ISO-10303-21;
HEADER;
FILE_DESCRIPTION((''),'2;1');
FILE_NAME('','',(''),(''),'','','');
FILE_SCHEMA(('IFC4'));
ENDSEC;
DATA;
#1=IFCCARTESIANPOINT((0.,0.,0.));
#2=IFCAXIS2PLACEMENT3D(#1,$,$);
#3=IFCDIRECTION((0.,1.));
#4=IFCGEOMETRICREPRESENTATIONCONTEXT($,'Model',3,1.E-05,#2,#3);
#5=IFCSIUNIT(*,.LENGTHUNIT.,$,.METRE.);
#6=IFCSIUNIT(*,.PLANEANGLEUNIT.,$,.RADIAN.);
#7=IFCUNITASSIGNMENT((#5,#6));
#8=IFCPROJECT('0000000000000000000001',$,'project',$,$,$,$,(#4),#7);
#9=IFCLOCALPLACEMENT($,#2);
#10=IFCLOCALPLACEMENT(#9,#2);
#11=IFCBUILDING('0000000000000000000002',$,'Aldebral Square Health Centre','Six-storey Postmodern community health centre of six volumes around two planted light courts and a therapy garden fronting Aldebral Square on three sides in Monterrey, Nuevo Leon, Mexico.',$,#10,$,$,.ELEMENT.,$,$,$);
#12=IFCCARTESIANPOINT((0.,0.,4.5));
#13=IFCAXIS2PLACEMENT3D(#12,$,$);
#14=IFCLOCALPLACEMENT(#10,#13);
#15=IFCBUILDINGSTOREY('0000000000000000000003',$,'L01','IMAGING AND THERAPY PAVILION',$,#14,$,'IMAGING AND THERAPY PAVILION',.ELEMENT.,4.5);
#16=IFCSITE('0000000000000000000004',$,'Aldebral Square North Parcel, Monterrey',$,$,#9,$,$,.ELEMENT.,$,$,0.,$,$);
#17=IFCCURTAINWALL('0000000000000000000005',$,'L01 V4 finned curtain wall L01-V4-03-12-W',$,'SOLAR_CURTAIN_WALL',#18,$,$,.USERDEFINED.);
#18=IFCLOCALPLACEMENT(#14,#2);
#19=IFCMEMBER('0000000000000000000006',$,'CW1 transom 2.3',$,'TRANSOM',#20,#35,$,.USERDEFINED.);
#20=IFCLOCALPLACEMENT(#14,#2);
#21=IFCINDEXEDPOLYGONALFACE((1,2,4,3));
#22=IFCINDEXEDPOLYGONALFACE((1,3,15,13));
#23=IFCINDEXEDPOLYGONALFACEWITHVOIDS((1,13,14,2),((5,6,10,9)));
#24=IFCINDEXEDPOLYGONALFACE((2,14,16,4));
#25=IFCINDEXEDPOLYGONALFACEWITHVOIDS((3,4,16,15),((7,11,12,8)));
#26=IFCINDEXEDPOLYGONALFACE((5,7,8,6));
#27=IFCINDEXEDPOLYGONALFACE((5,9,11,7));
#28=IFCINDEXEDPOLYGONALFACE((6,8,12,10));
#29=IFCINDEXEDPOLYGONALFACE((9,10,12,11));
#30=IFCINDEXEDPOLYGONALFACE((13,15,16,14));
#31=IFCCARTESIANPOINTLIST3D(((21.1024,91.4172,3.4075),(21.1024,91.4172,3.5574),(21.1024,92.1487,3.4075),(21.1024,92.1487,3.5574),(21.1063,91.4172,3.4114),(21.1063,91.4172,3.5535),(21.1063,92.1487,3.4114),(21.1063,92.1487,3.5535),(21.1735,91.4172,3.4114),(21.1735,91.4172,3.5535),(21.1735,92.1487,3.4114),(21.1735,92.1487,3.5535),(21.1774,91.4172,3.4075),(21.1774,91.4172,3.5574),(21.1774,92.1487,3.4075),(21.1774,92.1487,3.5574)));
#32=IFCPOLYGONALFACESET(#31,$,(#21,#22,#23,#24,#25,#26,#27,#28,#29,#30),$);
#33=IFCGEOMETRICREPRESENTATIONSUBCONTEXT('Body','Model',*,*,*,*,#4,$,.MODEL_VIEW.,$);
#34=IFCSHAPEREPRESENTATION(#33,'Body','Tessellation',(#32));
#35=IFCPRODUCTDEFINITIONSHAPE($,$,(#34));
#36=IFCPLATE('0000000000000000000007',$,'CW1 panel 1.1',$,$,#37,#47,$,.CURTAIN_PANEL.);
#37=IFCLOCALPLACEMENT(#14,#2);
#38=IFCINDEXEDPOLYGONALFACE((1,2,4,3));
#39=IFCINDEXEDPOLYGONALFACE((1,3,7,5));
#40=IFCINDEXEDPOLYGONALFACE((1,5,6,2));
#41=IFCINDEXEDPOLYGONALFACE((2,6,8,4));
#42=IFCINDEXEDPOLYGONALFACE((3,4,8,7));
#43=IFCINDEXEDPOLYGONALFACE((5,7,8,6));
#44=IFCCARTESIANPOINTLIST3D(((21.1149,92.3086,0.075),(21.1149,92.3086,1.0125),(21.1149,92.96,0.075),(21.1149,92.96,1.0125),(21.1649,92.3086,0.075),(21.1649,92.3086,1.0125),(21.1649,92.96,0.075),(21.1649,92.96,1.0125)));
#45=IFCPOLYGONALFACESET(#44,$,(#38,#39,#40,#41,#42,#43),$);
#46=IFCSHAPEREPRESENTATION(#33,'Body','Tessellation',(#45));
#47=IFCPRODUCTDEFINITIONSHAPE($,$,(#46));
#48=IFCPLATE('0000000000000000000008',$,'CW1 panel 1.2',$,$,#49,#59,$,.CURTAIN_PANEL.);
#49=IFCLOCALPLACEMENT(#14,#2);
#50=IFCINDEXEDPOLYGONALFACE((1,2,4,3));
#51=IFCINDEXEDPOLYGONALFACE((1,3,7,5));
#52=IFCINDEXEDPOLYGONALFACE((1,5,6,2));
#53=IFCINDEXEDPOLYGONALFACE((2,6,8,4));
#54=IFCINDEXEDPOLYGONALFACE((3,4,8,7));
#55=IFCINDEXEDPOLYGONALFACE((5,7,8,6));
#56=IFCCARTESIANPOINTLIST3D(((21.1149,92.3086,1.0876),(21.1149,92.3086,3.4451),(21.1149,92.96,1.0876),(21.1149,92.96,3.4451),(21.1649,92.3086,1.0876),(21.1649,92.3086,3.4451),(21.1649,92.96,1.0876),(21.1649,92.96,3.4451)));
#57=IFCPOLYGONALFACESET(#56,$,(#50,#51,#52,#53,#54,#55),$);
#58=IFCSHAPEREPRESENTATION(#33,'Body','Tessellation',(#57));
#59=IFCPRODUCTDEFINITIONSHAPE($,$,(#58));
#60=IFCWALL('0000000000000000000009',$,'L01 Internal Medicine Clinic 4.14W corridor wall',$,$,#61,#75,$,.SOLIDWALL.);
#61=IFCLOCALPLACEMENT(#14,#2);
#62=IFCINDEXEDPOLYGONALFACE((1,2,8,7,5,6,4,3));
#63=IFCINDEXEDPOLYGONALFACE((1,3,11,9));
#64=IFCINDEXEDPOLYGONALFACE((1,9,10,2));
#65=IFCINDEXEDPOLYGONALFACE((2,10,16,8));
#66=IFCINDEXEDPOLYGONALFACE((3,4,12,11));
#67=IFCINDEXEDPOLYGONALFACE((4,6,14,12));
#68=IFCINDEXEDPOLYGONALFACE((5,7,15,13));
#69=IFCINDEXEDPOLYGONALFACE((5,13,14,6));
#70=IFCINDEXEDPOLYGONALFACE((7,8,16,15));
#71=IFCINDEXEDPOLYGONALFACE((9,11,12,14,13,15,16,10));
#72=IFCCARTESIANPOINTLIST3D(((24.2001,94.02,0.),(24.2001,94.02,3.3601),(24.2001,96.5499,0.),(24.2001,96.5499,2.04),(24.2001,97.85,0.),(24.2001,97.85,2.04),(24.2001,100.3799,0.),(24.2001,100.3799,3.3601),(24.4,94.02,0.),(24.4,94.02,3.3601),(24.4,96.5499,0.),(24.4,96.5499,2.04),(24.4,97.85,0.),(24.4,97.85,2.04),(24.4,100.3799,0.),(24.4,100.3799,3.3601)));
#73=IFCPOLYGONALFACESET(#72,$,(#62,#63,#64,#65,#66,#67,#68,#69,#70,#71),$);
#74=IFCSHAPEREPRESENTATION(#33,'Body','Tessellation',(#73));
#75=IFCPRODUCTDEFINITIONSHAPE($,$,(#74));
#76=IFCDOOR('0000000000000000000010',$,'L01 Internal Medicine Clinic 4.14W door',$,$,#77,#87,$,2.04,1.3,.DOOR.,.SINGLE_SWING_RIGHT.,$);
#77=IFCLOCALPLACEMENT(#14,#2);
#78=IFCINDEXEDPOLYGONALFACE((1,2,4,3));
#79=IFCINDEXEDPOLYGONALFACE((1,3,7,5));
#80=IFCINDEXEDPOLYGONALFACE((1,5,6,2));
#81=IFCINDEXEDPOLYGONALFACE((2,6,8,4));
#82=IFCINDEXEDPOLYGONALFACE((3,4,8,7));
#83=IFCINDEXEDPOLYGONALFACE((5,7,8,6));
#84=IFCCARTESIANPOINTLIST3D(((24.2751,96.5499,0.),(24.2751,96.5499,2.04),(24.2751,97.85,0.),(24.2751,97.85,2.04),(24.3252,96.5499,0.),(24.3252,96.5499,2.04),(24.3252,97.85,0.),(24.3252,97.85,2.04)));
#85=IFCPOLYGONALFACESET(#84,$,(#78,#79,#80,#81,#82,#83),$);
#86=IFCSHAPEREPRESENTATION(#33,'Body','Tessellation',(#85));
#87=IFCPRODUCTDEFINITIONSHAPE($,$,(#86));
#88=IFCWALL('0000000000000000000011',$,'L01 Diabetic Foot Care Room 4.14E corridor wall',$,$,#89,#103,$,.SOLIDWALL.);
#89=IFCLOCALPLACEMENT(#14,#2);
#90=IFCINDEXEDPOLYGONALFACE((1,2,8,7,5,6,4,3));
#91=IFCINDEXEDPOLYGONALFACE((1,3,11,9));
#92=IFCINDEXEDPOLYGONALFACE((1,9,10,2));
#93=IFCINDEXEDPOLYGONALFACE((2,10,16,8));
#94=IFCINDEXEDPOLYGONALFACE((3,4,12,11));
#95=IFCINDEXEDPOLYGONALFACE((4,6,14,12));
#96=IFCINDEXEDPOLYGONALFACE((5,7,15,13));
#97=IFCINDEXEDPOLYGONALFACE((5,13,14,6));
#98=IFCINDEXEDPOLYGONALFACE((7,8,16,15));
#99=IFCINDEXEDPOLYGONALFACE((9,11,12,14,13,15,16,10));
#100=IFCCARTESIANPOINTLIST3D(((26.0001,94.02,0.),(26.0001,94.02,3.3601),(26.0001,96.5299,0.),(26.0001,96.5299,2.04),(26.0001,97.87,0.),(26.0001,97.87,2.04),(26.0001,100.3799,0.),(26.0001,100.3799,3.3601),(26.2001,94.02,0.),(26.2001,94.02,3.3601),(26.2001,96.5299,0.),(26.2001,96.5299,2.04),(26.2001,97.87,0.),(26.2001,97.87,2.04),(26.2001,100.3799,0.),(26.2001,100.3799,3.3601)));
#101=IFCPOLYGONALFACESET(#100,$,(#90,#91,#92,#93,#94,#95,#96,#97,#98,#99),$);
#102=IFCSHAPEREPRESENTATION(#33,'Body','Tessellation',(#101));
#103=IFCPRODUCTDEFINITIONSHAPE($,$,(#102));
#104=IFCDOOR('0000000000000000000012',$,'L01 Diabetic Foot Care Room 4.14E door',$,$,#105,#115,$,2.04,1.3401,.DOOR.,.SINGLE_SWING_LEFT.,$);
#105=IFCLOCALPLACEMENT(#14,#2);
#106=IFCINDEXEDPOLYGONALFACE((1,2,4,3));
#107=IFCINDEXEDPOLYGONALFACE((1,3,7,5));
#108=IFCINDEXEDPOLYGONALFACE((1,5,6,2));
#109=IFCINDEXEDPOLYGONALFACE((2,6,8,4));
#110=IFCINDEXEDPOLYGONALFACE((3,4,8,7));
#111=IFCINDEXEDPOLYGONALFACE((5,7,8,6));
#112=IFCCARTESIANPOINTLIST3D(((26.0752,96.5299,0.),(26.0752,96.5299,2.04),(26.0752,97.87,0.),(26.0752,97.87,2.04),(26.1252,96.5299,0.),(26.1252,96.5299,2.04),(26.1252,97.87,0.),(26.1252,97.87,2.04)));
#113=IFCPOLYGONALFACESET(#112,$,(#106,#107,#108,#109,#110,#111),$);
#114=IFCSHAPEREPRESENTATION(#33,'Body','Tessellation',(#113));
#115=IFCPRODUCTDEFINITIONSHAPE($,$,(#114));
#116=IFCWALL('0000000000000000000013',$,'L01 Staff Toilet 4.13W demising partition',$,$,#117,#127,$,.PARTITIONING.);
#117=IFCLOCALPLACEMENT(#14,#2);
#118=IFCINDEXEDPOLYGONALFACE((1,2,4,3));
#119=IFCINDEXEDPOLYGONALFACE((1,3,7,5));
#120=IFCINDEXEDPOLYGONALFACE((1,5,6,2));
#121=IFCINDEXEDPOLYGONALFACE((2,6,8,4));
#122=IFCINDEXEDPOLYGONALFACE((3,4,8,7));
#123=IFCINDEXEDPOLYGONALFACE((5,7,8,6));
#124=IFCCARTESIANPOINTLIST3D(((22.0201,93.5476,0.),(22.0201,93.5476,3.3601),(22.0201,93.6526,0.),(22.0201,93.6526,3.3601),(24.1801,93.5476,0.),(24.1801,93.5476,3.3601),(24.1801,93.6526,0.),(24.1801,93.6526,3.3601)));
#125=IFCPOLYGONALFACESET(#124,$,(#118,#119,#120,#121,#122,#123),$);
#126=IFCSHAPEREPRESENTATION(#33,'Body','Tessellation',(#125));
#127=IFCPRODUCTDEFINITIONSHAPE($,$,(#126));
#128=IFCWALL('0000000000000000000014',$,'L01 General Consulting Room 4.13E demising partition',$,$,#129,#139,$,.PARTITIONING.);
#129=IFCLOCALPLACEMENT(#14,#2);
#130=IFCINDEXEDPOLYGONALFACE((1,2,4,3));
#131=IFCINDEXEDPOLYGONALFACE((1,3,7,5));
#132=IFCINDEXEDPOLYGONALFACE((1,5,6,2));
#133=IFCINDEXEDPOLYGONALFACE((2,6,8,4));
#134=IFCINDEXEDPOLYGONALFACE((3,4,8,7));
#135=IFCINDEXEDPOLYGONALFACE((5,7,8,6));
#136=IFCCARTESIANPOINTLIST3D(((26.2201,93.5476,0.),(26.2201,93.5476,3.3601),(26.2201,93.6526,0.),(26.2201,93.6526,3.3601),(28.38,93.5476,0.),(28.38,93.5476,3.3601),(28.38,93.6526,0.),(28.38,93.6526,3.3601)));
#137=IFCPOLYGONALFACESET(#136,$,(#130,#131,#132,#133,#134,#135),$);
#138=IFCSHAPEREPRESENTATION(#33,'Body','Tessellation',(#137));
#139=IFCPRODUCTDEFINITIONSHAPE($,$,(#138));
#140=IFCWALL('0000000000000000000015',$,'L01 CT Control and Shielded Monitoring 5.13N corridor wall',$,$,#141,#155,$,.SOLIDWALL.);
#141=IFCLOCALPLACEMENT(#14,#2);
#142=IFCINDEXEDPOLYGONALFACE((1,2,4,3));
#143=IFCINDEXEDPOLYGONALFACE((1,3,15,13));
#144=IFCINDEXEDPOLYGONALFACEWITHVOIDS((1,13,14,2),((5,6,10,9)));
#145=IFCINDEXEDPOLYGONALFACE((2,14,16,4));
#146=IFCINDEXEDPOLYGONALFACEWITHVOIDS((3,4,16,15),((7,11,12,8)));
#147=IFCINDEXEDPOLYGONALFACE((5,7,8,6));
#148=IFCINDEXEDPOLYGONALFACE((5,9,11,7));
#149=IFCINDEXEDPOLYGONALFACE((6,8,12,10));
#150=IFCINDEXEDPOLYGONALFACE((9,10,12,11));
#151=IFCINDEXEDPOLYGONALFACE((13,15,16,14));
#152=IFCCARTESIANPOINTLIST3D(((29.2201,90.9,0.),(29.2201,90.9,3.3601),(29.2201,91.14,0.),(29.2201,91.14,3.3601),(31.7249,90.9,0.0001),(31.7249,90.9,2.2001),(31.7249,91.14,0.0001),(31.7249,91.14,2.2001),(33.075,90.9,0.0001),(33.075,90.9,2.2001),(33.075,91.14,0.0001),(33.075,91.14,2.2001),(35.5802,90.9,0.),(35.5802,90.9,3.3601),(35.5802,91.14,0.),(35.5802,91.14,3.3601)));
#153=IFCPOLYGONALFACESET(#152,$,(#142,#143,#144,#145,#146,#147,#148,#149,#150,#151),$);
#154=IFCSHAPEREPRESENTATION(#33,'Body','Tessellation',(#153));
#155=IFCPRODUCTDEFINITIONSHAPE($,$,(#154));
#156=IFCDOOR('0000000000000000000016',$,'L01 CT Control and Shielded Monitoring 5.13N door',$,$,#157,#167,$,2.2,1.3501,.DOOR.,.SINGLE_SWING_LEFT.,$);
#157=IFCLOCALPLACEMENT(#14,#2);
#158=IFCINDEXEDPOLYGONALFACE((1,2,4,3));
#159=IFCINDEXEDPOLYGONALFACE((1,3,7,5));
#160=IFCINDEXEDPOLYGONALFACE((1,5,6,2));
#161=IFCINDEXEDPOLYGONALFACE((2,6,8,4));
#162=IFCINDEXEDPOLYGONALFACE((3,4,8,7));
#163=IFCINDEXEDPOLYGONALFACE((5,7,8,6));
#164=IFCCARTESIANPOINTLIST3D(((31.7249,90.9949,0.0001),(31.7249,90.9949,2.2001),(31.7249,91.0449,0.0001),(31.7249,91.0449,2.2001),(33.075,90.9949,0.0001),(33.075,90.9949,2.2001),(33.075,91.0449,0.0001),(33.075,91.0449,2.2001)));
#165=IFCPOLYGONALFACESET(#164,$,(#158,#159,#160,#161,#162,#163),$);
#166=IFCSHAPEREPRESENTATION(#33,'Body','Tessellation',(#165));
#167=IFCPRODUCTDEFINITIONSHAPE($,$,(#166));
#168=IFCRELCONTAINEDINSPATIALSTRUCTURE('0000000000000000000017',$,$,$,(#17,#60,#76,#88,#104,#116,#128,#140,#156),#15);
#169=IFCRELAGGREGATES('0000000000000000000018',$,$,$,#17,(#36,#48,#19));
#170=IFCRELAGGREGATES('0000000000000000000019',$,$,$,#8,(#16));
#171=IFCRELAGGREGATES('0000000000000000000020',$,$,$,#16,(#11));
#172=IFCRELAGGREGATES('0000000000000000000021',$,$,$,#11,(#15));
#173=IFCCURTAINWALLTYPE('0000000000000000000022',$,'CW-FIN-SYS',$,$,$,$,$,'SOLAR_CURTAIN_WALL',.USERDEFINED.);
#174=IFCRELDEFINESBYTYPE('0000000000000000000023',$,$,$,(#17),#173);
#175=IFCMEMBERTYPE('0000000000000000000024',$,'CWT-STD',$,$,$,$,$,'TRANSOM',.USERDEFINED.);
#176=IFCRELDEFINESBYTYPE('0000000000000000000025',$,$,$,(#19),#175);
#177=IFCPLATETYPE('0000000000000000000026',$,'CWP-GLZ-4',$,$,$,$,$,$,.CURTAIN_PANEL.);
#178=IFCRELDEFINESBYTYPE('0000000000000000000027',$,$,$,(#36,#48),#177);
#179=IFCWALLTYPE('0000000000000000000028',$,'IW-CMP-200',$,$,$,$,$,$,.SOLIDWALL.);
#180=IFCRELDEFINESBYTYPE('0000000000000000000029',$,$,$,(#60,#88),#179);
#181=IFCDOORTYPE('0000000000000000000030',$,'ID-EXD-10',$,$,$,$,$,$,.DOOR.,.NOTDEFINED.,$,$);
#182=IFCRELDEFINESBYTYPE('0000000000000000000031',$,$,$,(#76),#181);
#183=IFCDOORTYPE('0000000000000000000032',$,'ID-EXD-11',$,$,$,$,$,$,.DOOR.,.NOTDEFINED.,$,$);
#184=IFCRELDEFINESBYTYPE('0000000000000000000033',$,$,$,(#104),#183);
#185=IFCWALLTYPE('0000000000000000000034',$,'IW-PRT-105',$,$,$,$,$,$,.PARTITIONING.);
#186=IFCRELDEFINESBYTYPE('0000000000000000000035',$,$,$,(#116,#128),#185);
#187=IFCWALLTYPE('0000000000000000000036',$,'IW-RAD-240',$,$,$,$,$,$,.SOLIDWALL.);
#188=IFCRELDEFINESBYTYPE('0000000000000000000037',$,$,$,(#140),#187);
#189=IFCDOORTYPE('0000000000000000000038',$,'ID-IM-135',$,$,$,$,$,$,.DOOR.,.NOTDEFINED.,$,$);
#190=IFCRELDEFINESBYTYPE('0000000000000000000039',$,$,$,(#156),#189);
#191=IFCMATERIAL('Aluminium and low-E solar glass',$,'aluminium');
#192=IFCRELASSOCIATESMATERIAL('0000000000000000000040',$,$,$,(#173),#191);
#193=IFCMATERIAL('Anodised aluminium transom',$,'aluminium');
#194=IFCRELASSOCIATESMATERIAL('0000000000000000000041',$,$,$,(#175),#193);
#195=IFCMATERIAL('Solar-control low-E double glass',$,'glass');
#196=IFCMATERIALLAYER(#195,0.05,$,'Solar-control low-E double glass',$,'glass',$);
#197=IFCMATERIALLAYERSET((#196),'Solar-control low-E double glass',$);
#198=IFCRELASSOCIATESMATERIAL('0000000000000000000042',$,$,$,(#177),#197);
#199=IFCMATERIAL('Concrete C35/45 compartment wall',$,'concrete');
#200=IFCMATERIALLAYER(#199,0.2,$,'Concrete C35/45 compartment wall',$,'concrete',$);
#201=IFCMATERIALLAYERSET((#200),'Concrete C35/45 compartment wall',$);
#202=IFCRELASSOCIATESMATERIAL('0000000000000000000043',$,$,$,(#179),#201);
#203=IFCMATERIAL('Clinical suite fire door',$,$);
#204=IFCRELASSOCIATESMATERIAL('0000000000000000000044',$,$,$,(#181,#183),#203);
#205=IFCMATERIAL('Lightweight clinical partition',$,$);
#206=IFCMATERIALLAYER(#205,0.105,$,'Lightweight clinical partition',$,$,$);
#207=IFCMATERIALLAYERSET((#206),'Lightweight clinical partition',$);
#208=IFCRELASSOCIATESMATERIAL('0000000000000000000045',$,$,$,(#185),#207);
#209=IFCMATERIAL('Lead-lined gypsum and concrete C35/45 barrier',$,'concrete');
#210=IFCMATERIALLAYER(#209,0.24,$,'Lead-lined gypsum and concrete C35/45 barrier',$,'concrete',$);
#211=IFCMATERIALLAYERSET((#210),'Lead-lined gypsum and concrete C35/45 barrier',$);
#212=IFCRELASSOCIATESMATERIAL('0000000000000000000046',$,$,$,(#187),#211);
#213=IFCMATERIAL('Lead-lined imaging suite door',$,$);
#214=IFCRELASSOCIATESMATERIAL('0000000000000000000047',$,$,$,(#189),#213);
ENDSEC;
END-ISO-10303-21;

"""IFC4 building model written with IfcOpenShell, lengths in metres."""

from ifc_helpers import new_model, si_unit, direction, frame, frame_2d, origin, origin_2d, place, context, subcontext, project, spatial, rectangle, hollow_rectangle, extrude, material, layer, layer_set, material_profile, profile_set, type_object, element, fill, aggregate, save


model = new_model("IFC4")

# Units and contexts
model_context = context("Model", 3, precision=1e-05, world=origin(), true_north=direction((0.0, 1.0)))
body_context = subcontext(model_context, "Body", "Model", "MODEL_VIEW")
ifc_project = project(units=[si_unit("LENGTHUNIT", "METRE"), si_unit("PLANEANGLEUNIT", "RADIAN")], contexts=[model_context])

# Site, building, storey
site_placement = place(None, origin())
site = spatial("IfcSite", under=ifc_project, at=site_placement, Name="Aldebral Square North Parcel, Monterrey", CompositionType="ELEMENT", RefElevation=0.0)
building_placement = place(site_placement, origin())
building = spatial("IfcBuilding", under=site, at=building_placement, Name="Aldebral Square Health Centre", Description="Six-storey Postmodern community health centre of six volumes around two planted light courts and a therapy garden fronting Aldebral Square on three sides in Monterrey, Nuevo Leon, Mexico.", CompositionType="ELEMENT")
storey_placement = place(building_placement, frame((0.0, 0.0, 4.5)))
storey = spatial("IfcBuildingStorey", under=building, at=storey_placement, Name="L01", Description="IMAGING AND THERAPY PAVILION", LongName="IMAGING AND THERAPY PAVILION", CompositionType="ELEMENT", Elevation=4.5)

# Curtain wall
ifc_material_1 = material(Name="Aluminium and low-E solar glass", Category="aluminium")
curtain_wall_type = type_object("IfcCurtainWallType", Name="CW-FIN-SYS", ElementType="SOLAR_CURTAIN_WALL", PredefinedType="USERDEFINED", material=ifc_material_1)
curtain_wall_1_placement = place(storey_placement, origin())
curtain_wall_1 = element("IfcCurtainWall", 1, at=curtain_wall_1_placement, inside=storey, type_object=curtain_wall_type, Name="L01 V4 finned curtain wall L01-V4-03-12-W", ObjectType="SOLAR_CURTAIN_WALL", PredefinedType="USERDEFINED")

# Member
ifc_material_2 = material(Name="Anodised aluminium transom", Category="aluminium")
ifc_material_profile_1 = material_profile(ifc_material_2, hollow_rectangle(XDim=0.075, YDim=0.1499, WallThickness=0.0039, at=origin_2d()), Name="CWT 75x150x4")
ifc_profile_set_1 = profile_set([ifc_material_profile_1], Name="Anodised aluminium transom")
member_type_1 = type_object("IfcMemberType", Name="CWT-STD", ElementType="TRANSOM", PredefinedType="USERDEFINED", material=ifc_profile_set_1)
member_1_placement = place(storey_placement, frame((21.1399, 92.1487, 3.4824), z_axis=(0.0, -1.0, 0.0), x_axis=(1.0, 0.0, 0.0)))
member_1 = element("IfcMember", 2, at=member_1_placement, type_object=member_type_1, Name="CW1 transom 2.3", ObjectType="TRANSOM", PredefinedType="USERDEFINED", context=body_context, shape_type="SweptSolid", body=[
    extrude(hollow_rectangle(XDim=0.075, YDim=0.1499, WallThickness=0.0039, at=origin_2d()), origin(), (0.0, 0.0, 1.0), 0.7314),
])

# Plates
ifc_material_3 = material(Name="Solar-control low-E double glass", Category="glass")
ifc_layer_1 = layer(ifc_material_3, 0.05, Name="Solar-control low-E double glass", Category="glass")
ifc_layer_set_1 = layer_set([ifc_layer_1], Name="Solar-control low-E double glass")
plate_type = type_object("IfcPlateType", Name="CWP-GLZ-4", PredefinedType="CURTAIN_PANEL", material=ifc_layer_set_1)
plate_1_placement = place(storey_placement, frame((21.1399, 92.6343, 0.075), z_axis=(0.0, 0.0, 1.0), x_axis=(0.0, -1.0, 0.0)))
plate_1 = element("IfcPlate", 3, at=plate_1_placement, type_object=plate_type, Name="CW1 panel 1.1", PredefinedType="CURTAIN_PANEL", context=body_context, shape_type="SweptSolid", body=[
    extrude(rectangle(XDim=0.6514, YDim=0.05, at=origin_2d()), origin(), (0.0, 0.0, 1.0), 0.9375),
])
plate_2_placement = place(storey_placement, frame((21.1399, 92.6343, 1.0876), z_axis=(0.0, 0.0, 1.0), x_axis=(0.0, -1.0, 0.0)))
plate_2 = element("IfcPlate", 4, at=plate_2_placement, type_object=plate_type, Name="CW1 panel 1.2", PredefinedType="CURTAIN_PANEL", context=body_context, shape_type="SweptSolid", body=[
    extrude(rectangle(XDim=0.6514, YDim=0.05, at=origin_2d()), origin(), (0.0, 0.0, 1.0), 2.3574),
])
aggregate(curtain_wall_1, [plate_1, plate_2, member_1])

# Walls, openings, doors
ifc_material_4 = material(Name="Concrete C35/45 compartment wall", Category="concrete")
ifc_layer_2 = layer(ifc_material_4, 0.2, Name="Concrete C35/45 compartment wall", Category="concrete")
ifc_layer_set_2 = layer_set([ifc_layer_2], Name="Concrete C35/45 compartment wall")
wall_type_1 = type_object("IfcWallType", Name="IW-CMP-200", PredefinedType="SOLIDWALL", material=ifc_layer_set_2)
wall_1_placement = place(storey_placement, frame((24.3, 94.02, 0.0), z_axis=(0.0, 0.0, 1.0), x_axis=(0.0, 1.0, 0.0)))
wall_1 = element("IfcWall", 5, at=wall_1_placement, inside=storey, type_object=wall_type_1, Name="L01 Internal Medicine Clinic 4.14W corridor wall", PredefinedType="SOLIDWALL", context=body_context, shape_type="SweptSolid", body=[
    extrude(rectangle(XDim=6.3599, YDim=0.2, at=frame_2d((3.1799, 0.0))), origin(), (0.0, 0.0, 1.0), 3.3601),
])
opening_1_placement = place(wall_1_placement, frame((2.53, 0.0, 0.0)))
opening_1 = element("IfcOpeningElement", 6, at=opening_1_placement, cuts=wall_1, PredefinedType="OPENING", context=body_context, shape_type="SweptSolid", body=[
    extrude(rectangle(XDim=1.3, YDim=2.04, at=frame_2d((0.6499, 1.02))), frame((0.0, 0.1099, 0.0), z_axis=(0.0, -1.0, 0.0), x_axis=(1.0, 0.0, 0.0)), (0.0, 0.0, 1.0), 0.22),
])
ifc_material_5 = material(Name="Clinical suite fire door")
door_type_1 = type_object("IfcDoorType", Name="ID-EXD-10", OperationType="NOTDEFINED", PredefinedType="DOOR", material=ifc_material_5)
door_1_placement = place(opening_1_placement, origin())
door_1 = element("IfcDoor", 7, at=door_1_placement, inside=storey, type_object=door_type_1, Name="L01 Internal Medicine Clinic 4.14W door", OperationType="SINGLE_SWING_RIGHT", OverallHeight=2.04, OverallWidth=1.3, PredefinedType="DOOR", context=body_context, shape_type="SweptSolid", body=[
    extrude(rectangle(XDim=1.3, YDim=2.04, at=frame_2d((0.6499, 1.02))), frame((0.0, 0.0249, 0.0), z_axis=(0.0, -1.0, 0.0), x_axis=(1.0, 0.0, 0.0)), (0.0, 0.0, 1.0), 0.05),
])
fill(opening_1, door_1)
wall_2_placement = place(storey_placement, frame((26.1001, 94.02, 0.0), z_axis=(0.0, 0.0, 1.0), x_axis=(0.0, 1.0, 0.0)))
wall_2 = element("IfcWall", 8, at=wall_2_placement, inside=storey, type_object=wall_type_1, Name="L01 Diabetic Foot Care Room 4.14E corridor wall", PredefinedType="SOLIDWALL", context=body_context, shape_type="SweptSolid", body=[
    extrude(rectangle(XDim=6.3599, YDim=0.2, at=frame_2d((3.1799, 0.0))), origin(), (0.0, 0.0, 1.0), 3.3601),
])
opening_2_placement = place(wall_2_placement, frame((2.51, 0.0, 0.0)))
opening_2 = element("IfcOpeningElement", 9, at=opening_2_placement, cuts=wall_2, PredefinedType="OPENING", context=body_context, shape_type="SweptSolid", body=[
    extrude(rectangle(XDim=1.3401, YDim=2.04, at=frame_2d((0.6699, 1.02))), frame((0.0, 0.1099, 0.0), z_axis=(0.0, -1.0, 0.0), x_axis=(1.0, 0.0, 0.0)), (0.0, 0.0, 1.0), 0.22),
])
door_type_2 = type_object("IfcDoorType", Name="ID-EXD-11", OperationType="NOTDEFINED", PredefinedType="DOOR", material=ifc_material_5)
door_2_placement = place(opening_2_placement, origin())
door_2 = element("IfcDoor", 10, at=door_2_placement, inside=storey, type_object=door_type_2, Name="L01 Diabetic Foot Care Room 4.14E door", OperationType="SINGLE_SWING_LEFT", OverallHeight=2.04, OverallWidth=1.3401, PredefinedType="DOOR", context=body_context, shape_type="SweptSolid", body=[
    extrude(rectangle(XDim=1.3401, YDim=2.04, at=frame_2d((0.6699, 1.02))), frame((0.0, 0.0249, 0.0), z_axis=(0.0, -1.0, 0.0), x_axis=(1.0, 0.0, 0.0)), (0.0, 0.0, 1.0), 0.05),
])
fill(opening_2, door_2)

# Walls
ifc_material_6 = material(Name="Lightweight clinical partition")
ifc_layer_3 = layer(ifc_material_6, 0.105, Name="Lightweight clinical partition")
ifc_layer_set_3 = layer_set([ifc_layer_3], Name="Lightweight clinical partition")
wall_type_2 = type_object("IfcWallType", Name="IW-PRT-105", PredefinedType="PARTITIONING", material=ifc_layer_set_3)
for number, where, z_axis, x_axis, name in (
    (11, (22.02, 93.6001, 0.0), (0.0, 0.0, 1.0), (1.0, 0.0, 0.0), "L01 Staff Toilet 4.13W demising partition"),
    (12, (26.22, 93.6001, 0.0), (0.0, 0.0, 1.0), (1.0, 0.0, 0.0), "L01 General Consulting Room 4.13E demising partition"),
):
    element("IfcWall", number, at=place(storey_placement, frame(where, z_axis=z_axis, x_axis=x_axis)), inside=storey, type_object=wall_type_2, Name=name, PredefinedType="PARTITIONING", context=body_context, shape_type="SweptSolid", body=[
        extrude(rectangle(XDim=2.1599, YDim=0.105, at=frame_2d((1.0801, 0.0))), origin(), (0.0, 0.0, 1.0), 3.3601),
    ])

# Wall, opening, door
ifc_material_7 = material(Name="Lead-lined gypsum and concrete C35/45 barrier", Category="concrete")
ifc_layer_4 = layer(ifc_material_7, 0.24, Name="Lead-lined gypsum and concrete C35/45 barrier", Category="concrete")
ifc_layer_set_4 = layer_set([ifc_layer_4], Name="Lead-lined gypsum and concrete C35/45 barrier")
wall_type_3 = type_object("IfcWallType", Name="IW-RAD-240", PredefinedType="SOLIDWALL", material=ifc_layer_set_4)
wall_3_placement = place(storey_placement, frame((29.22, 91.02, 0.0), z_axis=(0.0, 0.0, 1.0), x_axis=(1.0, 0.0, 0.0)))
wall_3 = element("IfcWall", 13, at=wall_3_placement, inside=storey, type_object=wall_type_3, Name="L01 CT Control and Shielded Monitoring 5.13N corridor wall", PredefinedType="SOLIDWALL", context=body_context, shape_type="SweptSolid", body=[
    extrude(rectangle(XDim=6.3601, YDim=0.24, at=frame_2d((3.1802, 0.0))), origin(), (0.0, 0.0, 1.0), 3.3601),
])
opening_3_placement = place(wall_3_placement, frame((2.5049, 0.0, 0.0)))
opening_3 = element("IfcOpeningElement", 14, at=opening_3_placement, cuts=wall_3, PredefinedType="OPENING", context=body_context, shape_type="SweptSolid", body=[
    extrude(rectangle(XDim=1.3501, YDim=2.2, at=frame_2d((0.675, 1.1001))), frame((0.0, 0.1299, 0.0), z_axis=(0.0, -1.0, 0.0), x_axis=(1.0, 0.0, 0.0)), (0.0, 0.0, 1.0), 0.26),
])
ifc_material_8 = material(Name="Lead-lined imaging suite door")
door_type_3 = type_object("IfcDoorType", Name="ID-IM-135", OperationType="NOTDEFINED", PredefinedType="DOOR", material=ifc_material_8)
door_3_placement = place(opening_3_placement, origin())
door_3 = element("IfcDoor", 15, at=door_3_placement, inside=storey, type_object=door_type_3, Name="L01 CT Control and Shielded Monitoring 5.13N door", OperationType="SINGLE_SWING_LEFT", OverallHeight=2.2, OverallWidth=1.3501, PredefinedType="DOOR", context=body_context, shape_type="SweptSolid", body=[
    extrude(rectangle(XDim=1.3501, YDim=2.2, at=frame_2d((0.675, 1.1001))), frame((0.0, 0.0249, 0.0), z_axis=(0.0, -1.0, 0.0), x_axis=(1.0, 0.0, 0.0)), (0.0, 0.0, 1.0), 0.05),
])
fill(opening_3, door_3)

save(model, "model.ifc")
